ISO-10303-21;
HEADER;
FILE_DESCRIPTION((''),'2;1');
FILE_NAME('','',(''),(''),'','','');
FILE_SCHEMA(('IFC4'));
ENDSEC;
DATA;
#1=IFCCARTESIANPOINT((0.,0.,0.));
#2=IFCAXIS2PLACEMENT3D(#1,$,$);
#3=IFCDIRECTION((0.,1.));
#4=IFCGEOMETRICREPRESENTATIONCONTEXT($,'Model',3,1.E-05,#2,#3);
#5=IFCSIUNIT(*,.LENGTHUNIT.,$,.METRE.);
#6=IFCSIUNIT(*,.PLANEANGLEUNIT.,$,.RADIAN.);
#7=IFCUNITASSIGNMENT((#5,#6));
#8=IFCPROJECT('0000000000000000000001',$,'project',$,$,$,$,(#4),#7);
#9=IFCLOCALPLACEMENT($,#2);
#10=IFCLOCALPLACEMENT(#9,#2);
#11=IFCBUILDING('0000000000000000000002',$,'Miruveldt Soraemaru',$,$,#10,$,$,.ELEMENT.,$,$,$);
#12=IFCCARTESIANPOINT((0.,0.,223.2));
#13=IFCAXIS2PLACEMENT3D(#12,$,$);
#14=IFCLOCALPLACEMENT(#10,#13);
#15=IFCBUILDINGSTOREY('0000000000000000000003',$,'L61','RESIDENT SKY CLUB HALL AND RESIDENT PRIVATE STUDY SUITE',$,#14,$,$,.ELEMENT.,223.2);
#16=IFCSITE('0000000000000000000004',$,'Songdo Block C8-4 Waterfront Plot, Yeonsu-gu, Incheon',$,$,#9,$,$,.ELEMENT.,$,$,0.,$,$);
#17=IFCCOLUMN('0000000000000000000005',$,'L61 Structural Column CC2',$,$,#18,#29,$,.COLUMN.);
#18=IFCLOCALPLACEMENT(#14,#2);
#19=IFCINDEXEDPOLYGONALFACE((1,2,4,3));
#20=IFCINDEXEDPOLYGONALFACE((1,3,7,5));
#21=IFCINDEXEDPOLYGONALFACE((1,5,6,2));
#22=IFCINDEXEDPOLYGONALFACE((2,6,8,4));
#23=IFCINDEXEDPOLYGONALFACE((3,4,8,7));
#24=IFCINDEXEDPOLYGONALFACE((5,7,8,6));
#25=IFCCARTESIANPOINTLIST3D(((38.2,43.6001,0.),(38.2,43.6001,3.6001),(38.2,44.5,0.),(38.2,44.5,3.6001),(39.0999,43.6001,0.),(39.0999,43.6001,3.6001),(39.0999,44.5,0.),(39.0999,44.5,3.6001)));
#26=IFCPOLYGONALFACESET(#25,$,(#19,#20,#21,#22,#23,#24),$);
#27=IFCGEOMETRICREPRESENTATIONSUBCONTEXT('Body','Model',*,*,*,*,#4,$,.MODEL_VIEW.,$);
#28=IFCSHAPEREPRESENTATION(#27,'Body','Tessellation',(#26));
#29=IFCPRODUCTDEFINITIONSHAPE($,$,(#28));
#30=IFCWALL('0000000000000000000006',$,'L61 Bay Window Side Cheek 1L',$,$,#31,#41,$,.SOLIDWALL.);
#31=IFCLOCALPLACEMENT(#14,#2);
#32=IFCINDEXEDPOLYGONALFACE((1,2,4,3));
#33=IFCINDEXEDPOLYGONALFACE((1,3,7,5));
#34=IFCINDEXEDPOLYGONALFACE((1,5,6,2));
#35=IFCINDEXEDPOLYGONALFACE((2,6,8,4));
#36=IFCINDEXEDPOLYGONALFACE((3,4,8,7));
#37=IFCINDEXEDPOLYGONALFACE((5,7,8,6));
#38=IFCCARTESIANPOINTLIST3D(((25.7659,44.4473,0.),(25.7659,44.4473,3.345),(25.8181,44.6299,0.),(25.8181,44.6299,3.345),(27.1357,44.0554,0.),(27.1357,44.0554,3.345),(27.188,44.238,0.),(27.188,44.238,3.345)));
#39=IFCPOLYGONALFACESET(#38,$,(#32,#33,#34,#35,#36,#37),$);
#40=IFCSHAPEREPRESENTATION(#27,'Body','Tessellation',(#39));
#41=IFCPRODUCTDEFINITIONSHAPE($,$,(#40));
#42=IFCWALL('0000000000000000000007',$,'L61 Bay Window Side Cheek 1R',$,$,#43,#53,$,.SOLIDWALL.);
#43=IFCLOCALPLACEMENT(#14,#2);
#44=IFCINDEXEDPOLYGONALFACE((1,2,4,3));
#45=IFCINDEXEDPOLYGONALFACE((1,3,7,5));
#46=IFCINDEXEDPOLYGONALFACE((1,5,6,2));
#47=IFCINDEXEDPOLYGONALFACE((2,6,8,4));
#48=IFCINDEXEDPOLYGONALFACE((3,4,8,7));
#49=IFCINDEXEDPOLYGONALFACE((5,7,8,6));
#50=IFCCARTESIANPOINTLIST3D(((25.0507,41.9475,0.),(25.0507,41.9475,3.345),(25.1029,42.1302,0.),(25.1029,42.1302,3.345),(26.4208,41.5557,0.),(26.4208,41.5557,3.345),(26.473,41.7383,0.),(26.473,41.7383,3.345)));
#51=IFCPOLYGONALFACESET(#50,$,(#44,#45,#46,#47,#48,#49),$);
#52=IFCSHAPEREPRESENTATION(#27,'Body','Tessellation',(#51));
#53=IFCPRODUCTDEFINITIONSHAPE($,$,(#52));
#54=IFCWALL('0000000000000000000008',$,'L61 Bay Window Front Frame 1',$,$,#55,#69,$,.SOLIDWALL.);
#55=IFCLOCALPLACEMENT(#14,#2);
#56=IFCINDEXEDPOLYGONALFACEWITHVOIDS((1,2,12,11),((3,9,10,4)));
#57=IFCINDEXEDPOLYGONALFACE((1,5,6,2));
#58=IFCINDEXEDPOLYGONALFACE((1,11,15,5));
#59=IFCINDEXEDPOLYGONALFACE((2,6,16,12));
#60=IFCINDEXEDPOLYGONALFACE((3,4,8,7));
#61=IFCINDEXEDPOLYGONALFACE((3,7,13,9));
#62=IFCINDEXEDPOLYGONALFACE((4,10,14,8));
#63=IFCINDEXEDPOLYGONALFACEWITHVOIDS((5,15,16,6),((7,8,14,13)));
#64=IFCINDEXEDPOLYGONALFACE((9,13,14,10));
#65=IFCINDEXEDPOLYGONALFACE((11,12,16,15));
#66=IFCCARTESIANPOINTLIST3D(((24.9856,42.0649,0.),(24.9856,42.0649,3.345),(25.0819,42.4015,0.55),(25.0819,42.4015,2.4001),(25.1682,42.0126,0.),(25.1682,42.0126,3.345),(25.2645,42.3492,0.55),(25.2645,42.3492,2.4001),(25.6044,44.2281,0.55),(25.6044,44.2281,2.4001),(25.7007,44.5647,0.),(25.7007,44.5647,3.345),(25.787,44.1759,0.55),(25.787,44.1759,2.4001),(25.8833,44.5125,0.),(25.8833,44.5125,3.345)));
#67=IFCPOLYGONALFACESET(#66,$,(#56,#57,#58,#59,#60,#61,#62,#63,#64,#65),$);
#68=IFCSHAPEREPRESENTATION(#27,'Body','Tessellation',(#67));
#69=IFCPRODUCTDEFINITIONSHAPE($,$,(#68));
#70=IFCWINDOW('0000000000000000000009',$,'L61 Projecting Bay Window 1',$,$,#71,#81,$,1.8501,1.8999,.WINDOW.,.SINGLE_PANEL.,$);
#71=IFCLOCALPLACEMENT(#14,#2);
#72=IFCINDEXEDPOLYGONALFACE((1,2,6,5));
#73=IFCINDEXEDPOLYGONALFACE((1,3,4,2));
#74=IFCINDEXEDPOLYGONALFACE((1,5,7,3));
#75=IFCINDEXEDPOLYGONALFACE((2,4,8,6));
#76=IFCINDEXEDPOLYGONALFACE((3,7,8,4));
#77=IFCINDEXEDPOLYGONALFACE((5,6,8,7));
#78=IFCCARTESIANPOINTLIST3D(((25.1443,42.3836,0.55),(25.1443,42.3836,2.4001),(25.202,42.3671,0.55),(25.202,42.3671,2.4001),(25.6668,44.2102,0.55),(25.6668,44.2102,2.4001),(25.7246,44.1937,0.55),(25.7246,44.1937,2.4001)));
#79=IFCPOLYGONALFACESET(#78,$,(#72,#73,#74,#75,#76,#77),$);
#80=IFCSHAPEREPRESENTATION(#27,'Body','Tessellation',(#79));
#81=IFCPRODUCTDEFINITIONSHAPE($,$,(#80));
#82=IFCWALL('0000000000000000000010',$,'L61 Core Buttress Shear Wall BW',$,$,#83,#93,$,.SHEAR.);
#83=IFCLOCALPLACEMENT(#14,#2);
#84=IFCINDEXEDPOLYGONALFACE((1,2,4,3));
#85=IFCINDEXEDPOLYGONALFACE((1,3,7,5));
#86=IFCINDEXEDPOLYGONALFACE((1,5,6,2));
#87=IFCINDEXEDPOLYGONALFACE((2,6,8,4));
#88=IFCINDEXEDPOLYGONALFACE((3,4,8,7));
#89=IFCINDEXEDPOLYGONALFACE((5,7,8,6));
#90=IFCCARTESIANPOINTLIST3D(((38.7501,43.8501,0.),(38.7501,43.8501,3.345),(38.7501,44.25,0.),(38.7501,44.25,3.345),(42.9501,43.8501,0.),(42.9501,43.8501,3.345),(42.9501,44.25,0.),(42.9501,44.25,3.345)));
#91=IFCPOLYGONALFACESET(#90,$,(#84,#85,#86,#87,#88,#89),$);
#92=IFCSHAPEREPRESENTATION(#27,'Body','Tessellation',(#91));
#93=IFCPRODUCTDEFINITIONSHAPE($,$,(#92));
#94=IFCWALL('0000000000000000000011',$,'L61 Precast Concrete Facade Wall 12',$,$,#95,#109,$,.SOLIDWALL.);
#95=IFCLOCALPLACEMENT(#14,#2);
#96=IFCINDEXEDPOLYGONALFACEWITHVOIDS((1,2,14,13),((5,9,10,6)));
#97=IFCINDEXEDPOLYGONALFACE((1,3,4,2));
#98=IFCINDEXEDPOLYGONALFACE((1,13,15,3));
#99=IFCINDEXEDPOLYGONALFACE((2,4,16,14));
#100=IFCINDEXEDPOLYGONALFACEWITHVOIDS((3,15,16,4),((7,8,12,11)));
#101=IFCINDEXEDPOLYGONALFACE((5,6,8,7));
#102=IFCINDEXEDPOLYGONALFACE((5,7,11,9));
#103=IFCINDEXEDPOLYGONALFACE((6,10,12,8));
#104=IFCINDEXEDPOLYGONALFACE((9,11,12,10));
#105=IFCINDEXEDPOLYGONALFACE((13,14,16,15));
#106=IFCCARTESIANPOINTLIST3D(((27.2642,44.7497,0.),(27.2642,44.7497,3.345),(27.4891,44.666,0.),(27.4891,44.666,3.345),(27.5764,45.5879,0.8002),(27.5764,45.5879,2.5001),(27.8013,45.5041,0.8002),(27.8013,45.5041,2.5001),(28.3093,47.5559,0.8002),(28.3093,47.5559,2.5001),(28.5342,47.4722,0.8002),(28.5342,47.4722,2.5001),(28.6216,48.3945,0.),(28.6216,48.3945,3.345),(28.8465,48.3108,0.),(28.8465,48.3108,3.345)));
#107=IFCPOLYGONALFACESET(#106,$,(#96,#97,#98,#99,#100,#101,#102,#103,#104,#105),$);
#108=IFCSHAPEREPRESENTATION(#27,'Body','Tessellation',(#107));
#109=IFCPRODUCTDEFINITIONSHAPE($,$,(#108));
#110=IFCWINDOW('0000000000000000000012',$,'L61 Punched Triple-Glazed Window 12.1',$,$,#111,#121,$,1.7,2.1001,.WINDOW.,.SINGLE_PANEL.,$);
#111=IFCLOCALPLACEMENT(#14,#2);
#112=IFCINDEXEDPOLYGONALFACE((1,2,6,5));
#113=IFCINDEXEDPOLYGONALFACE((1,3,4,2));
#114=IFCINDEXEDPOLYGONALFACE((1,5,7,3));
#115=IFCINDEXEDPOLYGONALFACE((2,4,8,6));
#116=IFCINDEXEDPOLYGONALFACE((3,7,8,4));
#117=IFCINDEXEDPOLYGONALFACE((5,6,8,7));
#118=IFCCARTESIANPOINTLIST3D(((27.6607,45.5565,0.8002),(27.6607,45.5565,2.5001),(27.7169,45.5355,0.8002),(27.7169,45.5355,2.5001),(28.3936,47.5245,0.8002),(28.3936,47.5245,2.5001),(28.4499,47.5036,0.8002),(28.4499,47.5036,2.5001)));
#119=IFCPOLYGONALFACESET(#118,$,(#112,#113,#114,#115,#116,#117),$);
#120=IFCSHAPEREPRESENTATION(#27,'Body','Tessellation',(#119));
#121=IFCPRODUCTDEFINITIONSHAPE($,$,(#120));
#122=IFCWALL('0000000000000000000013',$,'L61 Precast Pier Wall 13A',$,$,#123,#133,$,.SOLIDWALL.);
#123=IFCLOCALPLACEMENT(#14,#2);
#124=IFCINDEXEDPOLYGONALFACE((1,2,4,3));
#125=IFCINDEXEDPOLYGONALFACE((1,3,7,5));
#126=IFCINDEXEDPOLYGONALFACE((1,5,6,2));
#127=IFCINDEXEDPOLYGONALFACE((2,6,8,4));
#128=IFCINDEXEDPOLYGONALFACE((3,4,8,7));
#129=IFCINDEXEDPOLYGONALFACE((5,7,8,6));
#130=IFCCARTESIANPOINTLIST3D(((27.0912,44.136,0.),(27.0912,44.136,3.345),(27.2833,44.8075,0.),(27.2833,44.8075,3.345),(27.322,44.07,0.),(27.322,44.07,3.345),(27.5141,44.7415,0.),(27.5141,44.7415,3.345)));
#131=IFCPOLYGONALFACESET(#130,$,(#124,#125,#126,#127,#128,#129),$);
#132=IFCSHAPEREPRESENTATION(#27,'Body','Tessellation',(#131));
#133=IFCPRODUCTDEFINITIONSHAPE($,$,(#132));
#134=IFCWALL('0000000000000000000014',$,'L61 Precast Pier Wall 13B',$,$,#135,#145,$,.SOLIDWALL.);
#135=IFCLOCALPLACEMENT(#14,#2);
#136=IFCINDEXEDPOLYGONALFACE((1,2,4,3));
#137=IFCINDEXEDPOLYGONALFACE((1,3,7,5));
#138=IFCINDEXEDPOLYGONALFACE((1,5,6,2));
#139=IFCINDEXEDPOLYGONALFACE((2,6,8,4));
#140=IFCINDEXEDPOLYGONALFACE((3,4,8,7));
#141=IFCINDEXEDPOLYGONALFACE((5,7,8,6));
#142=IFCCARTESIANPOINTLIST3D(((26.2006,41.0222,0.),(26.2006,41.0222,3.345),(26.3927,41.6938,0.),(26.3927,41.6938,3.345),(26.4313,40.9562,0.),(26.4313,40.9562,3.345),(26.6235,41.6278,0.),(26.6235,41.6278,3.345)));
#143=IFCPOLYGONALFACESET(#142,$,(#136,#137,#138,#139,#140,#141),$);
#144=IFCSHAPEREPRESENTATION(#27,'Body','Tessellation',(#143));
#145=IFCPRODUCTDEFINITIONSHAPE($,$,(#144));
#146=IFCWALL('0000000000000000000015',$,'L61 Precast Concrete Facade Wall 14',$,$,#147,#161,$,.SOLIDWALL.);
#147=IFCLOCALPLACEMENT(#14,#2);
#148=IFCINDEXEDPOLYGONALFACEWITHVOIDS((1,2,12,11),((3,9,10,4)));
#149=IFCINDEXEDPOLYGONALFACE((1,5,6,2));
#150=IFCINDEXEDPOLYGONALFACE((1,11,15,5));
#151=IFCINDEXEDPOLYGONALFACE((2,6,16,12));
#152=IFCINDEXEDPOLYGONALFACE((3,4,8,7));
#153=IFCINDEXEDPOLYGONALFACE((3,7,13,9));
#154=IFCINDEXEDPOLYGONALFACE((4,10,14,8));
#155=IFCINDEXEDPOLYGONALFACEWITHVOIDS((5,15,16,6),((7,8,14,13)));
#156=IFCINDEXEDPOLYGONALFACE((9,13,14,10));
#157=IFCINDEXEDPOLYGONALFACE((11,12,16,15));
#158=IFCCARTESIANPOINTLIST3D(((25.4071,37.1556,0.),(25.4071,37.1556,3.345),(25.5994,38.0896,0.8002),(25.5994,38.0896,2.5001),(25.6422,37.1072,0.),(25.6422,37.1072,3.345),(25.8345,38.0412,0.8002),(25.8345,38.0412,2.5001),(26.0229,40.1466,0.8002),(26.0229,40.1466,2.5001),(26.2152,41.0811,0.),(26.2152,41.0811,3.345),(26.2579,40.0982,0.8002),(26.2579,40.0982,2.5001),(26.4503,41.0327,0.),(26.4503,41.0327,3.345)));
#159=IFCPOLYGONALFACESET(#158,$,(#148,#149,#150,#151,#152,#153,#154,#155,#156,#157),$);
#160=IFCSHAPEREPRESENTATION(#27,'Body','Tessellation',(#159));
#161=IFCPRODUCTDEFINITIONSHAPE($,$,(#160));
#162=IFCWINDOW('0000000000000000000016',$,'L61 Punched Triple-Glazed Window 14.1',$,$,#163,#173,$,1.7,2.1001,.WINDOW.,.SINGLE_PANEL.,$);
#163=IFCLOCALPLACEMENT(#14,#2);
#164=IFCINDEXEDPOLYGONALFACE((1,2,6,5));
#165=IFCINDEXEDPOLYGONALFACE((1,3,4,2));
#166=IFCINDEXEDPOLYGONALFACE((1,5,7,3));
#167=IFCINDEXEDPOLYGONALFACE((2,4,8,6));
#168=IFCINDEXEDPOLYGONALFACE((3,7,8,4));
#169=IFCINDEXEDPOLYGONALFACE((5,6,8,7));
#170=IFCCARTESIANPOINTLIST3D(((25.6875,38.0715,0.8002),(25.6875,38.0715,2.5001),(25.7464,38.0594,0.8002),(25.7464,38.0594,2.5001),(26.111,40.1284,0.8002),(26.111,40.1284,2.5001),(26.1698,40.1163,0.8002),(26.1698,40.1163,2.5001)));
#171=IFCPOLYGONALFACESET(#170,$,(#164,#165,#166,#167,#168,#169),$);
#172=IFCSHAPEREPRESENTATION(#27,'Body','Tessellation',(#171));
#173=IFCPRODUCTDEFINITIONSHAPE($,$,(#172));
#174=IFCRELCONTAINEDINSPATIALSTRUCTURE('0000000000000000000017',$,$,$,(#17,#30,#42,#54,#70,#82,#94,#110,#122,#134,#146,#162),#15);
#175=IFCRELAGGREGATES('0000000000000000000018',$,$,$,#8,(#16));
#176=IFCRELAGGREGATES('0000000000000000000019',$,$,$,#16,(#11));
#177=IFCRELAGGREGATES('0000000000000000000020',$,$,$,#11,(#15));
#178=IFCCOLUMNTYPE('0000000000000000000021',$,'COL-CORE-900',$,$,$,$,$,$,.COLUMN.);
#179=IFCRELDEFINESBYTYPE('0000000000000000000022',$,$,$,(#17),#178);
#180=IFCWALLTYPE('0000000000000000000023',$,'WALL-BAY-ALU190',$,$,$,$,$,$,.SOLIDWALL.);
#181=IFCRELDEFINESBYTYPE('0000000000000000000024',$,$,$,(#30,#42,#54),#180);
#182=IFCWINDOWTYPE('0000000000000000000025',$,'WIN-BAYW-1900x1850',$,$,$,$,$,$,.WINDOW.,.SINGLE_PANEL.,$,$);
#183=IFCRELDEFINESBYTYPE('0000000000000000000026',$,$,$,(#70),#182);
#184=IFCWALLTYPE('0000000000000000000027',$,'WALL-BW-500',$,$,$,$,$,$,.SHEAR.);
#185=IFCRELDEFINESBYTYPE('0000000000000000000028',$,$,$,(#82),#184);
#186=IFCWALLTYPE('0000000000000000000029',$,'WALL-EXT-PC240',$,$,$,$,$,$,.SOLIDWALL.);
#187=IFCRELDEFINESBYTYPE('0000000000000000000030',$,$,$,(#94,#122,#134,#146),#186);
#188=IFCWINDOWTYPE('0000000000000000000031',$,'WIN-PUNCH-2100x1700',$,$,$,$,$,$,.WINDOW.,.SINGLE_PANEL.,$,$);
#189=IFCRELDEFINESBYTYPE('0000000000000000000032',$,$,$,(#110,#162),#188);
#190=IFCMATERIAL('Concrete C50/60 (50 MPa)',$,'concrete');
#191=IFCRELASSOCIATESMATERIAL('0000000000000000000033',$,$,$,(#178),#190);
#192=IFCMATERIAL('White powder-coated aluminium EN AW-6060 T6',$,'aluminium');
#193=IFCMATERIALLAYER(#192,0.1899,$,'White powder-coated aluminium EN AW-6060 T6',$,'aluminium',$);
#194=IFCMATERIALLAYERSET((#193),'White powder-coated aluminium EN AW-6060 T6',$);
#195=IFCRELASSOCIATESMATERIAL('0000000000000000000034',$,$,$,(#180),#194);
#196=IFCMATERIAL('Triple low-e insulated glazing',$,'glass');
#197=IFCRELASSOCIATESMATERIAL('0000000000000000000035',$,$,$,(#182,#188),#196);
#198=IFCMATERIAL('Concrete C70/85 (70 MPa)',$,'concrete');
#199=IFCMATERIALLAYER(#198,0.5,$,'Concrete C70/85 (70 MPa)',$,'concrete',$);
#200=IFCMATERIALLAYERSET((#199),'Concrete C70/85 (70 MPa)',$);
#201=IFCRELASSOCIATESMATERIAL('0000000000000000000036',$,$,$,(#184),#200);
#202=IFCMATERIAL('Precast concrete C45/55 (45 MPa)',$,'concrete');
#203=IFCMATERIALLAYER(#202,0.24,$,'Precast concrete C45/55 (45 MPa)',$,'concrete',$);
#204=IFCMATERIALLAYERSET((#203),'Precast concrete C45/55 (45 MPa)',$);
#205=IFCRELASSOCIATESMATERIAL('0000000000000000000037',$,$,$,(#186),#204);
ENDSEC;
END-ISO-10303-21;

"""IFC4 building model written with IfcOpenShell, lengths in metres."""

from ifc_helpers import new_model, si_unit, direction, frame, frame_2d, origin, origin_2d, place, context, subcontext, project, spatial, rectangle, extrude, material, layer, layer_set, material_profile, profile_set, type_object, element, fill, save


model = new_model("IFC4")

# Units and contexts
model_context = context("Model", 3, precision=1e-05, world=origin(), true_north=direction((0.0, 1.0)))
body_context = subcontext(model_context, "Body", "Model", "MODEL_VIEW")
ifc_project = project(units=[si_unit("LENGTHUNIT", "METRE"), si_unit("PLANEANGLEUNIT", "RADIAN")], contexts=[model_context])

# Site, building, storey
site_placement = place(None, origin())
site = spatial("IfcSite", under=ifc_project, at=site_placement, Name="Songdo Block C8-4 Waterfront Plot, Yeonsu-gu, Incheon", CompositionType="ELEMENT", RefElevation=0.0)
building_placement = place(site_placement, origin())
building = spatial("IfcBuilding", under=site, at=building_placement, Name="Miruveldt Soraemaru", CompositionType="ELEMENT")
storey_placement = place(building_placement, frame((0.0, 0.0, 223.2)))
storey = spatial("IfcBuildingStorey", under=building, at=storey_placement, Name="L61", Description="RESIDENT SKY CLUB HALL AND RESIDENT PRIVATE STUDY SUITE", CompositionType="ELEMENT", Elevation=223.2)

# Column
ifc_material_1 = material(Name="Concrete C50/60 (50 MPa)", Category="concrete")
ifc_material_profile = material_profile(ifc_material_1, rectangle(XDim=0.8999, YDim=0.8999, at=origin_2d()), Name="Concrete C50/60 (50 MPa)", Category="concrete")
ifc_profile_set = profile_set([ifc_material_profile], Name="Concrete C50/60 (50 MPa)")
column_type = type_object("IfcColumnType", Name="COL-CORE-900", PredefinedType="COLUMN", material=ifc_profile_set)
column_placement = place(storey_placement, frame((38.6499, 44.05, 0.0), z_axis=(0.0, 0.0, 1.0), x_axis=(1.0, 0.0, 0.0)))
element("IfcColumn", 1, at=column_placement, inside=storey, type_object=column_type, Name="L61 Structural Column CC2", PredefinedType="COLUMN", context=body_context, shape_type="SweptSolid", body=[
    extrude(rectangle(XDim=0.8999, YDim=0.8999, at=origin_2d()), origin(), (0.0, 0.0, 1.0), 3.6001),
])

# Walls
ifc_material_2 = material(Name="White powder-coated aluminium EN AW-6060 T6", Category="aluminium")
ifc_layer_1 = layer(ifc_material_2, 0.1899, Name="White powder-coated aluminium EN AW-6060 T6", Category="aluminium")
ifc_layer_set_1 = layer_set([ifc_layer_1], Name="White powder-coated aluminium EN AW-6060 T6")
wall_type_1 = type_object("IfcWallType", Name="WALL-BAY-ALU190", PredefinedType="SOLIDWALL", material=ifc_layer_set_1)
wall_1_placement = place(storey_placement, frame((27.1619, 44.1467, 0.0), z_axis=(0.0, 0.0, 1.0), x_axis=(-0.96144, 0.275015, 0.0)))
element("IfcWall", 2, at=wall_1_placement, inside=storey, type_object=wall_type_1, Name="L61 Bay Window Side Cheek 1L", PredefinedType="SOLIDWALL", context=body_context, shape_type="SweptSolid", body=[
    extrude(rectangle(XDim=1.4248, YDim=0.1899, at=frame_2d((0.7124, 0.0))), origin(), (0.0, 0.0, 1.0), 3.345),
])
wall_2_placement = place(storey_placement, frame((25.0769, 42.0388, 0.0), z_axis=(0.0, 0.0, 1.0), x_axis=(0.961453, -0.27497, 0.0)))
element("IfcWall", 3, at=wall_2_placement, inside=storey, type_object=wall_type_1, Name="L61 Bay Window Side Cheek 1R", PredefinedType="SOLIDWALL", context=body_context, shape_type="SweptSolid", body=[
    extrude(rectangle(XDim=1.425, YDim=0.1899, at=frame_2d((0.7124, 0.0))), origin(), (0.0, 0.0, 1.0), 3.345),
])

# Wall, opening, window
wall_3_placement = place(storey_placement, frame((25.792, 44.5386, 0.0), z_axis=(0.0, 0.0, 1.0), x_axis=(-0.275031, -0.961435, 0.0)))
wall_3 = element("IfcWall", 4, at=wall_3_placement, inside=storey, type_object=wall_type_1, Name="L61 Bay Window Front Frame 1", PredefinedType="SOLIDWALL", context=body_context, shape_type="SweptSolid", body=[
    extrude(rectangle(XDim=2.6001, YDim=0.1899, at=frame_2d((1.3, 0.0))), origin(), (0.0, 0.0, 1.0), 3.345),
])
opening_1_placement = place(wall_3_placement, frame((0.3501, 0.0, 0.55)))
opening_1 = element("IfcOpeningElement", 5, at=opening_1_placement, cuts=wall_3, PredefinedType="OPENING", context=body_context, shape_type="SweptSolid", body=[
    extrude(rectangle(XDim=1.8999, YDim=1.8501, at=frame_2d((0.95, 0.925))), frame((0.0, 0.105, 0.0), z_axis=(0.0, -1.0, 0.0), x_axis=(1.0, 0.0, 0.0)), (0.0, 0.0, 1.0), 0.21),
])
ifc_material_3 = material(Name="Triple low-e insulated glazing", Category="glass")
window_type_1 = type_object("IfcWindowType", Name="WIN-BAYW-1900x1850", PartitioningType="SINGLE_PANEL", PredefinedType="WINDOW", material=ifc_material_3)
window_1_placement = place(opening_1_placement, origin())
window_1 = element("IfcWindow", 6, at=window_1_placement, inside=storey, type_object=window_type_1, Name="L61 Projecting Bay Window 1", OverallHeight=1.8501, OverallWidth=1.8999, PartitioningType="SINGLE_PANEL", PredefinedType="WINDOW", context=body_context, shape_type="SweptSolid", body=[
    extrude(rectangle(XDim=1.8999, YDim=1.8501, at=frame_2d((0.95, 0.925))), frame((0.0, 0.03, 0.0), z_axis=(0.0, -1.0, 0.0), x_axis=(1.0, 0.0, 0.0)), (0.0, 0.0, 1.0), 0.0601),
])
fill(opening_1, window_1)

# Wall
ifc_material_4 = material(Name="Concrete C70/85 (70 MPa)", Category="concrete")
ifc_layer_2 = layer(ifc_material_4, 0.5, Name="Concrete C70/85 (70 MPa)", Category="concrete")
ifc_layer_set_2 = layer_set([ifc_layer_2], Name="Concrete C70/85 (70 MPa)")
wall_type_2 = type_object("IfcWallType", Name="WALL-BW-500", PredefinedType="SHEAR", material=ifc_layer_set_2)
wall_4_placement = place(storey_placement, frame((38.75, 44.05, 0.0), z_axis=(0.0, 0.0, 1.0), x_axis=(1.0, 0.0, 0.0)))
element("IfcWall", 7, at=wall_4_placement, inside=storey, type_object=wall_type_2, Name="L61 Core Buttress Shear Wall BW", PredefinedType="SHEAR", context=body_context, shape_type="SweptSolid", body=[
    extrude(rectangle(XDim=4.2, YDim=0.3999, at=frame_2d((2.1001, 0.0))), origin(), (0.0, 0.0, 1.0), 3.345),
])

# Wall, opening, window
ifc_material_5 = material(Name="Precast concrete C45/55 (45 MPa)", Category="concrete")
ifc_layer_3 = layer(ifc_material_5, 0.24, Name="Precast concrete C45/55 (45 MPa)", Category="concrete")
ifc_layer_set_3 = layer_set([ifc_layer_3], Name="Precast concrete C45/55 (45 MPa)")
wall_type_3 = type_object("IfcWallType", Name="WALL-EXT-PC240", PredefinedType="SOLIDWALL", material=ifc_layer_set_3)
wall_5_placement = place(storey_placement, frame((28.7341, 48.3528, 0.0), z_axis=(0.0, 0.0, 1.0), x_axis=(-0.349011, -0.937119, 0.0)))
wall_5 = element("IfcWall", 8, at=wall_5_placement, inside=storey, type_object=wall_type_3, Name="L61 Precast Concrete Facade Wall 12", PredefinedType="SOLIDWALL", context=body_context, shape_type="SweptSolid", body=[
    extrude(rectangle(XDim=3.8894, YDim=0.24, at=frame_2d((1.9448, 0.0))), origin(), (0.0, 0.0, 1.0), 3.345),
])
opening_2_placement = place(wall_5_placement, frame((0.895, 0.0, 0.8)))
opening_2 = element("IfcOpeningElement", 9, at=opening_2_placement, cuts=wall_5, PredefinedType="OPENING", context=body_context, shape_type="SweptSolid", body=[
    extrude(rectangle(XDim=2.1001, YDim=1.7, at=frame_2d((1.05, 0.8501))), frame((0.0, 0.1299, 0.0), z_axis=(0.0, -1.0, 0.0), x_axis=(1.0, 0.0, 0.0)), (0.0, 0.0, 1.0), 0.26),
])
window_type_2 = type_object("IfcWindowType", Name="WIN-PUNCH-2100x1700", PartitioningType="SINGLE_PANEL", PredefinedType="WINDOW", material=ifc_material_3)
window_2_placement = place(opening_2_placement, origin())
window_2 = element("IfcWindow", 10, at=window_2_placement, inside=storey, type_object=window_type_2, Name="L61 Punched Triple-Glazed Window 12.1", OverallHeight=1.7, OverallWidth=2.1001, PartitioningType="SINGLE_PANEL", PredefinedType="WINDOW", context=body_context, shape_type="SweptSolid", body=[
    extrude(rectangle(XDim=2.1001, YDim=1.7, at=frame_2d((1.05, 0.8501))), frame((0.0, 0.03, 0.0), z_axis=(0.0, -1.0, 0.0), x_axis=(1.0, 0.0, 0.0)), (0.0, 0.0, 1.0), 0.0601),
])
fill(opening_2, window_2)

# Walls
for number, where, z_axis, x_axis, name in (
    (11, (27.3987, 44.7744, 0.0), (0.0, 0.0, 1.0), (-0.275044, -0.961432, 0.0), "L61 Precast Pier Wall 13A"),
    (12, (26.5081, 41.6606, 0.0), (0.0, 0.0, 1.0), (-0.275044, -0.961432, 0.0), "L61 Precast Pier Wall 13B"),
):
    element("IfcWall", number, at=place(storey_placement, frame(where, z_axis=z_axis, x_axis=x_axis)), inside=storey, type_object=wall_type_3, Name=name, PredefinedType="SOLIDWALL", context=body_context, shape_type="SweptSolid", body=[
        extrude(rectangle(XDim=0.6985, YDim=0.24, at=frame_2d((0.3491, 0.0))), origin(), (0.0, 0.0, 1.0), 3.345),
    ])

# Wall, opening, window
wall_6_placement = place(storey_placement, frame((26.3328, 41.0569, 0.0), z_axis=(0.0, 0.0, 1.0), x_axis=(-0.201631, -0.979462, 0.0)))
wall_6 = element("IfcWall", 13, at=wall_6_placement, inside=storey, type_object=wall_type_3, Name="L61 Precast Concrete Facade Wall 14", PredefinedType="SOLIDWALL", context=body_context, shape_type="SweptSolid", body=[
    extrude(rectangle(XDim=4.0078, YDim=0.24, at=frame_2d((2.0039, 0.0))), origin(), (0.0, 0.0, 1.0), 3.345),
])
opening_3_placement = place(wall_6_placement, frame((0.9541, 0.0, 0.8)))
opening_3 = element("IfcOpeningElement", 14, at=opening_3_placement, cuts=wall_6, PredefinedType="OPENING", context=body_context, shape_type="SweptSolid", body=[
    extrude(rectangle(XDim=2.1001, YDim=1.7, at=frame_2d((1.05, 0.8501))), frame((0.0, 0.1299, 0.0), z_axis=(0.0, -1.0, 0.0), x_axis=(1.0, 0.0, 0.0)), (0.0, 0.0, 1.0), 0.26),
])
window_3_placement = place(opening_3_placement, origin())
window_3 = element("IfcWindow", 15, at=window_3_placement, inside=storey, type_object=window_type_2, Name="L61 Punched Triple-Glazed Window 14.1", OverallHeight=1.7, OverallWidth=2.1001, PartitioningType="SINGLE_PANEL", PredefinedType="WINDOW", context=body_context, shape_type="SweptSolid", body=[
    extrude(rectangle(XDim=2.1001, YDim=1.7, at=frame_2d((1.05, 0.8501))), frame((0.0, 0.03, 0.0), z_axis=(0.0, -1.0, 0.0), x_axis=(1.0, 0.0, 0.0)), (0.0, 0.0, 1.0), 0.0601),
])
fill(opening_3, window_3)

save(model, "model.ifc")
